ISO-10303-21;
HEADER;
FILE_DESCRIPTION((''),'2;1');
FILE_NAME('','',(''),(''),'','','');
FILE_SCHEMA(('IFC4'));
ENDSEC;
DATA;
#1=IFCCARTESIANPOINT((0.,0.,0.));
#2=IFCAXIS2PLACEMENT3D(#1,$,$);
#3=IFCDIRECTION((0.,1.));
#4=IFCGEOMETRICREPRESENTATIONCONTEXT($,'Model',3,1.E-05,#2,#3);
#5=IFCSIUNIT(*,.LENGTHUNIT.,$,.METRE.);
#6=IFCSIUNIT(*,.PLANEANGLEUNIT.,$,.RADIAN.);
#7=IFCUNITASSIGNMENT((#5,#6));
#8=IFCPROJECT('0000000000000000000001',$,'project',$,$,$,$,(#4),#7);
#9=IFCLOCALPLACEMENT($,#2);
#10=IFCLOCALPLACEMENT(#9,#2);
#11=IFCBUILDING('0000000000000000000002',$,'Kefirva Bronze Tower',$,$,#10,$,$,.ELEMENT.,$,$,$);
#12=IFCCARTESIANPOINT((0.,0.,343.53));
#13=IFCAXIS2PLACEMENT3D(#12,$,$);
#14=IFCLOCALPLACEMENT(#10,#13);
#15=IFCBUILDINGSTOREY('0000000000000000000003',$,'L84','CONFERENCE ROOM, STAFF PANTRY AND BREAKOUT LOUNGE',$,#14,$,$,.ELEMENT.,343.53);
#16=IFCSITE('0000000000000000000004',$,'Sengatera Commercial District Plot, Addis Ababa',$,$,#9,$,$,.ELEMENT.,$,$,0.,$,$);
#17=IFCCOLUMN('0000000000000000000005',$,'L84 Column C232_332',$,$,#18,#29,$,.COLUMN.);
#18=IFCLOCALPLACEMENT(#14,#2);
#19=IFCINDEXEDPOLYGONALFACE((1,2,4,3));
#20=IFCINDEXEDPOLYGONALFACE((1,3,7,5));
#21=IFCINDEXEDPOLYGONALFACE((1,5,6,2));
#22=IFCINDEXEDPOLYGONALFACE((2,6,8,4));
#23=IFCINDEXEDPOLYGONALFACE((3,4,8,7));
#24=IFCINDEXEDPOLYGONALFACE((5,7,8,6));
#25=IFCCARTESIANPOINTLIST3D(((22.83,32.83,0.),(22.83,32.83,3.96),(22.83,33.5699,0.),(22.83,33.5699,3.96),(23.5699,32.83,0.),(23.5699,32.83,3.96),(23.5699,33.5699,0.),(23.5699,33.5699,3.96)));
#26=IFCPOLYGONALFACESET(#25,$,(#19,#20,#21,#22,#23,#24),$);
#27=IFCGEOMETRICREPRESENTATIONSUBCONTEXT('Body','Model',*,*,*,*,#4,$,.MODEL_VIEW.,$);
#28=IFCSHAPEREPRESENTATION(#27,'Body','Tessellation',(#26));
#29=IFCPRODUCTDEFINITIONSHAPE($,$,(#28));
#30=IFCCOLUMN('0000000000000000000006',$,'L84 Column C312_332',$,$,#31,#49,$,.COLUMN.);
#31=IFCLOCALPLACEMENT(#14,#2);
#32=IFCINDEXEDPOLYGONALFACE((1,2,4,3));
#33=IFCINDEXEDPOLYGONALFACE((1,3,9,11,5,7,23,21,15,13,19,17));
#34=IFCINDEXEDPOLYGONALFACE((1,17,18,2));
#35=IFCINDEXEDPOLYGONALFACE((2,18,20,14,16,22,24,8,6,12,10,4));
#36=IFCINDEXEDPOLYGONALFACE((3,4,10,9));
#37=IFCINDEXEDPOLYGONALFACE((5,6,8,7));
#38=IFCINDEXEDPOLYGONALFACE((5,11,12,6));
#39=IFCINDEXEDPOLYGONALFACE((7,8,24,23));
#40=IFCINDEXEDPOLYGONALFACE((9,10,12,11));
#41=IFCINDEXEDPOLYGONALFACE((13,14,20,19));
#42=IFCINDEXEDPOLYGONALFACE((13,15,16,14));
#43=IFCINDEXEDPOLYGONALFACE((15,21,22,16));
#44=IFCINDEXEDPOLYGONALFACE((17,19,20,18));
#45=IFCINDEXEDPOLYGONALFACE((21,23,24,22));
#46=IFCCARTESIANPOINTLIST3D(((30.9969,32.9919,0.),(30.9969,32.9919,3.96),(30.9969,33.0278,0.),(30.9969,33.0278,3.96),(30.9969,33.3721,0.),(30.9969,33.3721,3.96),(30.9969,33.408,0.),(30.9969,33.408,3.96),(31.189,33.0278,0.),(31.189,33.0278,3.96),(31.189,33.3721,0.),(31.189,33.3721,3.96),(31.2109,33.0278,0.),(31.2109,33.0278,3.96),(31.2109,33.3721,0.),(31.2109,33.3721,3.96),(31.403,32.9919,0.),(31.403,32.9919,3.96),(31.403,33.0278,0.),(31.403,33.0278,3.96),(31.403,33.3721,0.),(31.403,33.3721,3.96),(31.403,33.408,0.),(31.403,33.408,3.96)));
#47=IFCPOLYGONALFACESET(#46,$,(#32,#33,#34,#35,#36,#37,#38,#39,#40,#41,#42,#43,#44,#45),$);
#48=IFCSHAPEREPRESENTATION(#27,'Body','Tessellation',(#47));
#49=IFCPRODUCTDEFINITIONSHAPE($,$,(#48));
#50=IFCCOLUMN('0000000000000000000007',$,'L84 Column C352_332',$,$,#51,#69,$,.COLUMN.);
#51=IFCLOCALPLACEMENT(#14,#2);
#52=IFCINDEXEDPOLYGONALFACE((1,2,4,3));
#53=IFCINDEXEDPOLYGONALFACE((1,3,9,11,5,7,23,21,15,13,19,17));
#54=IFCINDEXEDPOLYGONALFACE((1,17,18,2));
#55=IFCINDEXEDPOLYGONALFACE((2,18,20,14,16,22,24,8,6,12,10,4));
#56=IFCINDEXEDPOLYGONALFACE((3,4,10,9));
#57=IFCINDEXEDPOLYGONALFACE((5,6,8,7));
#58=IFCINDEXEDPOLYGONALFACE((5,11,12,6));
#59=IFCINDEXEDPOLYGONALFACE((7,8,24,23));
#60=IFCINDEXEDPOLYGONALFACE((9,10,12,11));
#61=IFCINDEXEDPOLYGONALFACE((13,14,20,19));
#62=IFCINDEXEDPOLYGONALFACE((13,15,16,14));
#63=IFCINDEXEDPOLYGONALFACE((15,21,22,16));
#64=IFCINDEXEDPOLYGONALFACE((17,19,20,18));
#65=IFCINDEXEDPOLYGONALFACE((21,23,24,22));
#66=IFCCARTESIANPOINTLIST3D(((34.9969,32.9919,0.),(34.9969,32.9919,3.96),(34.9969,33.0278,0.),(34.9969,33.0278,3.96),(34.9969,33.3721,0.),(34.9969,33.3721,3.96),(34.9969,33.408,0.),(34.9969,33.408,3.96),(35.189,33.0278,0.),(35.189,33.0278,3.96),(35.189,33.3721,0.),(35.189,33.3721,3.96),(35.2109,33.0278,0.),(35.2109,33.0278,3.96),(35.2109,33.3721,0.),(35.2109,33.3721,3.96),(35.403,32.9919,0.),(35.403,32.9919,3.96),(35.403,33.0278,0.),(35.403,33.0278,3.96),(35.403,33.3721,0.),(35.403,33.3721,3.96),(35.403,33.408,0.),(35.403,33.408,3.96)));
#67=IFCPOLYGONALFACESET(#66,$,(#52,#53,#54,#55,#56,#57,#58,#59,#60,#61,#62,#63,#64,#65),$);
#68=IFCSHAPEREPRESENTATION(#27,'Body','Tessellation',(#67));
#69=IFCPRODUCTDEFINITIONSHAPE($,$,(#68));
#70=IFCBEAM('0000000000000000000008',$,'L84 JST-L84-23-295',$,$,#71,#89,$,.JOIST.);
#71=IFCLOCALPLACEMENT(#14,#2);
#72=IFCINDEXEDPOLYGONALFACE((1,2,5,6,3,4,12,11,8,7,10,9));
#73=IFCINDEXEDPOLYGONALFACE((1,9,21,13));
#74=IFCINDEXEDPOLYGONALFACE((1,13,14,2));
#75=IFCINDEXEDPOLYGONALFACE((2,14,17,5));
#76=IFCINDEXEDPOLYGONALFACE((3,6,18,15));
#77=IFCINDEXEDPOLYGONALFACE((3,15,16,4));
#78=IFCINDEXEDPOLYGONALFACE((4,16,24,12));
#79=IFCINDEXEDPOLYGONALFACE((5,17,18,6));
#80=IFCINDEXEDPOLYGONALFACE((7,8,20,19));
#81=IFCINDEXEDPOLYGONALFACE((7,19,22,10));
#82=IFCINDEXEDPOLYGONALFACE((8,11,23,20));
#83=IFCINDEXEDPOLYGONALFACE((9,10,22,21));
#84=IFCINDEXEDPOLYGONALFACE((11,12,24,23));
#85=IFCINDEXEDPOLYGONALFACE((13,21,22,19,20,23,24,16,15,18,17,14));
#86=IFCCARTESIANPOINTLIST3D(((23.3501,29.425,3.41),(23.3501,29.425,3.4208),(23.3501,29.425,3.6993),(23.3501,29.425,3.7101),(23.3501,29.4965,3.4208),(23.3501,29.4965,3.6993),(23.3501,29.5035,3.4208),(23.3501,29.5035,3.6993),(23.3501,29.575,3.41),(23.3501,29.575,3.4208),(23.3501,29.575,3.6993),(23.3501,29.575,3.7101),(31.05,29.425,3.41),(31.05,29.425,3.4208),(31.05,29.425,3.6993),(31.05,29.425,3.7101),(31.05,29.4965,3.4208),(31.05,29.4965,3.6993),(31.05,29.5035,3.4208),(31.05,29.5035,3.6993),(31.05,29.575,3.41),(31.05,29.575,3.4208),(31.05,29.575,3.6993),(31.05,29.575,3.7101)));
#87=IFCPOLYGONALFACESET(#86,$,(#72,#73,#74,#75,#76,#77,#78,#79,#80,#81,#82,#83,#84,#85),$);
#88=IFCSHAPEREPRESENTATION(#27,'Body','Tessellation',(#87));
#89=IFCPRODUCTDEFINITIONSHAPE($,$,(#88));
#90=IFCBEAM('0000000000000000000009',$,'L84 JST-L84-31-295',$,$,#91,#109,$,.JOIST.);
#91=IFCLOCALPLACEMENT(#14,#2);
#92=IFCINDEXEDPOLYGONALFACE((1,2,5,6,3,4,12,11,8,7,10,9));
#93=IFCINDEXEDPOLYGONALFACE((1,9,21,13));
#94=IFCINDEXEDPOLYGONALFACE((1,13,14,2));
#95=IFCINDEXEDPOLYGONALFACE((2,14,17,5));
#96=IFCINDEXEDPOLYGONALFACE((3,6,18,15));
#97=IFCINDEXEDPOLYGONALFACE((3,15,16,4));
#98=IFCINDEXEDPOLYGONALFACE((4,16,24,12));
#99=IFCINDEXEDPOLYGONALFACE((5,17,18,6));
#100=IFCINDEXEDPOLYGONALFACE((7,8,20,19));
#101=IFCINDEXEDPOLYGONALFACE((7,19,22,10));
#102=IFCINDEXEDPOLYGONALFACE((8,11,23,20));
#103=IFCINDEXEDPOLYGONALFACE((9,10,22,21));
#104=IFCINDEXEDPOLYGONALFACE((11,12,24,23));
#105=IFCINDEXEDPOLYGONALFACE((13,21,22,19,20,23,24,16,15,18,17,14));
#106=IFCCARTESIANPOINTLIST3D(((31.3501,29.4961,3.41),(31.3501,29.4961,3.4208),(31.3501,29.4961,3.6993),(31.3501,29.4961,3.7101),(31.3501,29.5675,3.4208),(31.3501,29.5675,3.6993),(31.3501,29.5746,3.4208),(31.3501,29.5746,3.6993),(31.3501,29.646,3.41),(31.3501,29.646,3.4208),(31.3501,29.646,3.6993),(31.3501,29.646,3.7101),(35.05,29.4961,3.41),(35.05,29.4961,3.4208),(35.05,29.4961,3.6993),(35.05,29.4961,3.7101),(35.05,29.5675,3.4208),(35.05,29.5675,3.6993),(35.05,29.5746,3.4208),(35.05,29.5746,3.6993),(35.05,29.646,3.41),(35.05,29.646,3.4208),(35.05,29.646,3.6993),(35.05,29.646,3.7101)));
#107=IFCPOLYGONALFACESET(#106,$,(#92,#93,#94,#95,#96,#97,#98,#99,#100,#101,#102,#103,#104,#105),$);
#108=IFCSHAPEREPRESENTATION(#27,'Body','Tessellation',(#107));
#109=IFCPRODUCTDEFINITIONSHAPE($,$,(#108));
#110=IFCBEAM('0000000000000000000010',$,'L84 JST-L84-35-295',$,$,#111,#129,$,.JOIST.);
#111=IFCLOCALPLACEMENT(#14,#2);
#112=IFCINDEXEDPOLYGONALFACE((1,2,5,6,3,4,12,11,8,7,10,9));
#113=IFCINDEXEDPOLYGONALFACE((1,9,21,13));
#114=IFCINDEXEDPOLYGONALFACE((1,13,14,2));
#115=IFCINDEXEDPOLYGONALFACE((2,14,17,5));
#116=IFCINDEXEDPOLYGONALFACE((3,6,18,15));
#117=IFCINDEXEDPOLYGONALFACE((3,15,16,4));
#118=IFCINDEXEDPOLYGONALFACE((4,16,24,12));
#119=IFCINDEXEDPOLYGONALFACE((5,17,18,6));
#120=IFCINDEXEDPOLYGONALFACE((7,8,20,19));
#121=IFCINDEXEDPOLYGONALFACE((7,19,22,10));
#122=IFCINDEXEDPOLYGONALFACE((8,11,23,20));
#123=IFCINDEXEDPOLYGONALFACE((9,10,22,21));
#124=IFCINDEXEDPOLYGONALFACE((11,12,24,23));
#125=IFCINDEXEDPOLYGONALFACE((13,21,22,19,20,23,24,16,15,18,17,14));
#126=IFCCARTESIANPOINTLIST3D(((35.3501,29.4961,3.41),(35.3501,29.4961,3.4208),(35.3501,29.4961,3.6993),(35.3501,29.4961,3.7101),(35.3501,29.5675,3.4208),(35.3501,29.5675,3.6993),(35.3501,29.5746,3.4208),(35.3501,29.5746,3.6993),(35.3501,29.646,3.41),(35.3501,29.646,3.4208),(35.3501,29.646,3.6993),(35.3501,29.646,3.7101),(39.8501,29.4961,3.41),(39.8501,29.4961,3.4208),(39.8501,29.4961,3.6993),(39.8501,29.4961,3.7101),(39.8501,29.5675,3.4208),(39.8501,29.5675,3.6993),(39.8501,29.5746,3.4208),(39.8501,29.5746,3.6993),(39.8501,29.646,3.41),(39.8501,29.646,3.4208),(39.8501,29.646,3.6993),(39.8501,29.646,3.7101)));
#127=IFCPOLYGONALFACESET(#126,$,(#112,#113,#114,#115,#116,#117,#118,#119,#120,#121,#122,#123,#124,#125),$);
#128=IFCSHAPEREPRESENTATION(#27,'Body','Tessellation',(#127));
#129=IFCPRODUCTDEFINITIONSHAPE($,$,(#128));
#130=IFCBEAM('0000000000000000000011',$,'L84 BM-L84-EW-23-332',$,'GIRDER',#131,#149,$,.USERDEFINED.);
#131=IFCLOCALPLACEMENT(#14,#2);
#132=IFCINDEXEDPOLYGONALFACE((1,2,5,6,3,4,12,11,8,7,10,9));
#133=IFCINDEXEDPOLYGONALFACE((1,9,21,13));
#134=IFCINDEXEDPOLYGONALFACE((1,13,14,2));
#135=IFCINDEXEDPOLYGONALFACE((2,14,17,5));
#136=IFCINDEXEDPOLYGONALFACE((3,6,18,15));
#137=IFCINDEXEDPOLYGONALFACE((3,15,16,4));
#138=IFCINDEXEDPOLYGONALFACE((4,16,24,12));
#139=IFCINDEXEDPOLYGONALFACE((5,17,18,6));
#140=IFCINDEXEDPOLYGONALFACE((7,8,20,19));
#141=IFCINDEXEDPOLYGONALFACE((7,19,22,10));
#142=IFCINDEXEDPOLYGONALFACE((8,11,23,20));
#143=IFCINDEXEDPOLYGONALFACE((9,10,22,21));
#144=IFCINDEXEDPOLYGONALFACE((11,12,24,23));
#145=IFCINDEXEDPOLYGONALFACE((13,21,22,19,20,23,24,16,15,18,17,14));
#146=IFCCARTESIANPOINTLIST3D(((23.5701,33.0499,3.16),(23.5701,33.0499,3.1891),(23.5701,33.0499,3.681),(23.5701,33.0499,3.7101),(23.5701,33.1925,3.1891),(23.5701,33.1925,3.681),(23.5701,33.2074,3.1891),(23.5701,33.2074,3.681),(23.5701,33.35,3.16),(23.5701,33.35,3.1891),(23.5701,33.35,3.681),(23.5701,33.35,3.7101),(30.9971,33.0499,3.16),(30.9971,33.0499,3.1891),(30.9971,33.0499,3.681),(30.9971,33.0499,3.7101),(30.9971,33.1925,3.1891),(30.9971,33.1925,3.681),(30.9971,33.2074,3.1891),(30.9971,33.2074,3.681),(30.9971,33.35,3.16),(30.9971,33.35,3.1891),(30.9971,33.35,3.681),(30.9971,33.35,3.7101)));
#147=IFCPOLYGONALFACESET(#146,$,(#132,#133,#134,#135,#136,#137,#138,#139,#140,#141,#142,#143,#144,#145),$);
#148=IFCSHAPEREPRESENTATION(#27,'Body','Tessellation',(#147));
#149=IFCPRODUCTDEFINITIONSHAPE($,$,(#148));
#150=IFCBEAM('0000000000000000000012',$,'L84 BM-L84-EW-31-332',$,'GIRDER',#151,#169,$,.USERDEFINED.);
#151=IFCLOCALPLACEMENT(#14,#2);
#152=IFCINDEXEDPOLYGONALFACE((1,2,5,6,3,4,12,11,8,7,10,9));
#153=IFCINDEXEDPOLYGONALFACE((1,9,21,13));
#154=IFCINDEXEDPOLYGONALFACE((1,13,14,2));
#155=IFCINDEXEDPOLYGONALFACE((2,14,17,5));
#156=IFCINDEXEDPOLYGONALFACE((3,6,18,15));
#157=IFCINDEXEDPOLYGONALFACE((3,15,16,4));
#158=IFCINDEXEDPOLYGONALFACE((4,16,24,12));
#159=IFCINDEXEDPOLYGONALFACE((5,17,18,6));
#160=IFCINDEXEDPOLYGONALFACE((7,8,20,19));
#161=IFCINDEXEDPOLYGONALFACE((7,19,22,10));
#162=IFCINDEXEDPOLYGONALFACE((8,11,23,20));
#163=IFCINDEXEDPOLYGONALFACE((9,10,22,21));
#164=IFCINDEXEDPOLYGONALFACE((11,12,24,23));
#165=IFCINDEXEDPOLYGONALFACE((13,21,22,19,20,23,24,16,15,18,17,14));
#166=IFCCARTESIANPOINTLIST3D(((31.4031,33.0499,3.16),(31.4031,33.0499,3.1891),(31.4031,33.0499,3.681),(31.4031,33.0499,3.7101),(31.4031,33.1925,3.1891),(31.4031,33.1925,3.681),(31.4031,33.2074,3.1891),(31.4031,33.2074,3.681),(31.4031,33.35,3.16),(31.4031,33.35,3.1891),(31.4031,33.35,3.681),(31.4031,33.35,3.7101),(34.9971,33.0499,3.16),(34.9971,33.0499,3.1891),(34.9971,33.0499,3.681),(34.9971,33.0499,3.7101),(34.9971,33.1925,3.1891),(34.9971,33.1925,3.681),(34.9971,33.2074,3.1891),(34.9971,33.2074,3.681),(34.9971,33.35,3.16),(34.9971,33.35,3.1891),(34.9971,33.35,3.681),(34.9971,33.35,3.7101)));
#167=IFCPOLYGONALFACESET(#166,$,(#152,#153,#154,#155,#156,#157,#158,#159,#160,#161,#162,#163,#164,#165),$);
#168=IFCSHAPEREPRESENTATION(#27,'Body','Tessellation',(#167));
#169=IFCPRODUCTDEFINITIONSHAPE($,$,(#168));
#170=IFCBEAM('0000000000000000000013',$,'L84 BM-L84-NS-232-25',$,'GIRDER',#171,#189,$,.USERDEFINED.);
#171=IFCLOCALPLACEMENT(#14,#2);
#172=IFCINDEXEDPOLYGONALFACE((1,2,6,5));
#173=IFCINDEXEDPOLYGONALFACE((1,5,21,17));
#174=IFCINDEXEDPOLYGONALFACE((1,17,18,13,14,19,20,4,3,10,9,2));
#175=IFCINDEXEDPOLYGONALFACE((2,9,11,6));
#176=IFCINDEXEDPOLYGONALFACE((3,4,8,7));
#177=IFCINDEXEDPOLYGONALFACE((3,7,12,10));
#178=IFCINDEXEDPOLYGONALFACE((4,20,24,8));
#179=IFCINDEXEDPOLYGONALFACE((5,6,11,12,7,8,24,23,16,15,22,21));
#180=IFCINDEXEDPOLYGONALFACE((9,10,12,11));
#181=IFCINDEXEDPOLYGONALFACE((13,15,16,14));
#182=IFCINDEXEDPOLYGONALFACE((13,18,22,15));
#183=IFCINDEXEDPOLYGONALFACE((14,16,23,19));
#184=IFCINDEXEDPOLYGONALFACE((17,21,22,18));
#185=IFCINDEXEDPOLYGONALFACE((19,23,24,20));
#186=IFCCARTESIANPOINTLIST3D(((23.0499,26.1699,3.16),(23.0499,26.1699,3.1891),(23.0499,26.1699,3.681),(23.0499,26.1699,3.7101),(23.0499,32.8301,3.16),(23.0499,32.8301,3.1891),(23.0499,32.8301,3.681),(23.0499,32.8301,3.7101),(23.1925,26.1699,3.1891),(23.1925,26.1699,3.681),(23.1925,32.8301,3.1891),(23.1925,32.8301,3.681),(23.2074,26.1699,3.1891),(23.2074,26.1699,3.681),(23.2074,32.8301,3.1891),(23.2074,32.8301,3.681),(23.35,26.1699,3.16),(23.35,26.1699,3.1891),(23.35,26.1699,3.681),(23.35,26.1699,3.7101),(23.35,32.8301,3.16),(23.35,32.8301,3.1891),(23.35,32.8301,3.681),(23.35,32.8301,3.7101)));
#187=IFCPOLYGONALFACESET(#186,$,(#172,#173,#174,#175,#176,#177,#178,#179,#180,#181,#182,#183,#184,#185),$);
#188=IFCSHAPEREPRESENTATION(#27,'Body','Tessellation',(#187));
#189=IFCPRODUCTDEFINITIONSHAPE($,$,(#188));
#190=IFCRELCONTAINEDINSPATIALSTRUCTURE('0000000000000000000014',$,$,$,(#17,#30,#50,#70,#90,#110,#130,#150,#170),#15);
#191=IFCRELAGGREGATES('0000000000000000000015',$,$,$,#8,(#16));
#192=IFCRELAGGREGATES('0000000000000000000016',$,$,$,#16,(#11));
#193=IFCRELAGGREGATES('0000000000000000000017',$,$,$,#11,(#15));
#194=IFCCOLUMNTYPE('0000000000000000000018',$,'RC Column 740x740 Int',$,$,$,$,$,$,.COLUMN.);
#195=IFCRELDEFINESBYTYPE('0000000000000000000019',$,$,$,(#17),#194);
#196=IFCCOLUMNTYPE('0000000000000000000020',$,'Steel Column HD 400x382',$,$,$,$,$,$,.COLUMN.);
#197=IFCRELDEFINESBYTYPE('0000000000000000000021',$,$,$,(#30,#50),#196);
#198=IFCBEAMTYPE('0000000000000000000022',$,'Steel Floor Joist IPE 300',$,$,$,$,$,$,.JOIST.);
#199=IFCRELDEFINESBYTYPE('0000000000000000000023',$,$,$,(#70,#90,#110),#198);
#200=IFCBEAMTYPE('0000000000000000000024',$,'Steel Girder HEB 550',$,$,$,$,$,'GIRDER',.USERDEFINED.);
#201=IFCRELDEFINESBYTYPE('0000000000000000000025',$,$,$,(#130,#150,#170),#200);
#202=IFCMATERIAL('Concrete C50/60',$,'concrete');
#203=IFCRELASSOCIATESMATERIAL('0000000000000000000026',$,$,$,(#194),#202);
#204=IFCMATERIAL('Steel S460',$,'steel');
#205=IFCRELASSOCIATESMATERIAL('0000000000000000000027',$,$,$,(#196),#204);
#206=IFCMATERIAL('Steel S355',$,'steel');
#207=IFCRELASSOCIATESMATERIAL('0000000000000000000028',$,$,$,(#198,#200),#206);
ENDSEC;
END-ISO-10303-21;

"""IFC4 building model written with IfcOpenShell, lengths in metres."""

from ifc_helpers import new_model, si_unit, direction, frame, origin, origin_2d, place, context, subcontext, project, spatial, rectangle, i_section, extrude, material, material_profile, profile_set, type_object, element, save


model = new_model("IFC4")

# Units and contexts
model_context = context("Model", 3, precision=1e-05, world=origin(), true_north=direction((0.0, 1.0)))
body_context = subcontext(model_context, "Body", "Model", "MODEL_VIEW")
ifc_project = project(units=[si_unit("LENGTHUNIT", "METRE"), si_unit("PLANEANGLEUNIT", "RADIAN")], contexts=[model_context])

# Site, building, storey
site_placement = place(None, origin())
site = spatial("IfcSite", under=ifc_project, at=site_placement, Name="Sengatera Commercial District Plot, Addis Ababa", CompositionType="ELEMENT", RefElevation=0.0)
building_placement = place(site_placement, origin())
building = spatial("IfcBuilding", under=site, at=building_placement, Name="Kefirva Bronze Tower", CompositionType="ELEMENT")
storey_placement = place(building_placement, frame((0.0, 0.0, 343.53)))
storey = spatial("IfcBuildingStorey", under=building, at=storey_placement, Name="L84", Description="CONFERENCE ROOM, STAFF PANTRY AND BREAKOUT LOUNGE", CompositionType="ELEMENT", Elevation=343.53)

# Columns
ifc_material_1 = material(Name="Concrete C50/60", Category="concrete")
ifc_material_profile_1 = material_profile(ifc_material_1, rectangle(XDim=0.74, YDim=0.74, at=origin_2d()), Name="RC 740x740")
ifc_profile_set_1 = profile_set([ifc_material_profile_1], Name="Concrete C50/60")
column_type_1 = type_object("IfcColumnType", Name="RC Column 740x740 Int", PredefinedType="COLUMN", material=ifc_profile_set_1)
column_placement = place(storey_placement, frame((23.2, 33.2, 0.0), z_axis=(0.0, 0.0, 1.0), x_axis=(1.0, 0.0, 0.0)))
element("IfcColumn", 1, at=column_placement, inside=storey, type_object=column_type_1, Name="L84 Column C232_332", PredefinedType="COLUMN", context=body_context, shape_type="SweptSolid", body=[
    extrude(rectangle(XDim=0.74, YDim=0.74, at=origin_2d()), origin(), (0.0, 0.0, 1.0), 3.96),
])
ifc_material_2 = material(Name="Steel S460", Category="steel")
ifc_material_profile_2 = material_profile(ifc_material_2, i_section(OverallWidth=0.406, OverallDepth=0.416, WebThickness=0.022, FlangeThickness=0.0359, at=origin_2d()), Name="HD 400x382")
ifc_profile_set_2 = profile_set([ifc_material_profile_2], Name="Steel S460")
column_type_2 = type_object("IfcColumnType", Name="Steel Column HD 400x382", PredefinedType="COLUMN", material=ifc_profile_set_2)
for number, where, z_axis, x_axis, name in (
    (2, (31.2, 33.2, 0.0), (0.0, 0.0, 1.0), (1.0, 0.0, 0.0), "L84 Column C312_332"),
    (3, (35.2, 33.2, 0.0), (0.0, 0.0, 1.0), (1.0, 0.0, 0.0), "L84 Column C352_332"),
):
    element("IfcColumn", number, at=place(storey_placement, frame(where, z_axis=z_axis, x_axis=x_axis)), inside=storey, type_object=column_type_2, Name=name, PredefinedType="COLUMN", context=body_context, shape_type="SweptSolid", body=[
        extrude(i_section(OverallWidth=0.406, OverallDepth=0.416, WebThickness=0.022, FlangeThickness=0.0359, at=origin_2d()), origin(), (0.0, 0.0, 1.0), 3.96),
    ])

# Beams
ifc_material_3 = material(Name="Steel S355", Category="steel")
ifc_material_profile_3 = material_profile(ifc_material_3, i_section(OverallWidth=0.1499, OverallDepth=0.3, WebThickness=0.0071, FlangeThickness=0.0107, at=origin_2d()), Name="IPE 300")
ifc_profile_set_3 = profile_set([ifc_material_profile_3], Name="Steel S355")
beam_type_1 = type_object("IfcBeamType", Name="Steel Floor Joist IPE 300", PredefinedType="JOIST", material=ifc_profile_set_3)
beam_1_placement = place(storey_placement, frame((23.3501, 29.5, 3.5601), z_axis=(1.0, 0.0, 0.0), x_axis=(0.0, 1.0, 0.0)))
element("IfcBeam", 4, at=beam_1_placement, inside=storey, type_object=beam_type_1, Name="L84 JST-L84-23-295", PredefinedType="JOIST", context=body_context, shape_type="SweptSolid", body=[
    extrude(i_section(OverallWidth=0.1499, OverallDepth=0.3, WebThickness=0.0071, FlangeThickness=0.0107, at=origin_2d()), origin(), (0.0, 0.0, 1.0), 7.7),
])
beam_2_placement = place(storey_placement, frame((31.3501, 29.571, 3.5601), z_axis=(1.0, 0.0, 0.0), x_axis=(0.0, 1.0, 0.0)))
element("IfcBeam", 5, at=beam_2_placement, inside=storey, type_object=beam_type_1, Name="L84 JST-L84-31-295", PredefinedType="JOIST", context=body_context, shape_type="SweptSolid", body=[
    extrude(i_section(OverallWidth=0.1499, OverallDepth=0.3, WebThickness=0.0071, FlangeThickness=0.0107, at=origin_2d()), origin(), (0.0, 0.0, 1.0), 3.7),
])
beam_3_placement = place(storey_placement, frame((35.3501, 29.571, 3.5601), z_axis=(1.0, 0.0, 0.0), x_axis=(0.0, 1.0, 0.0)))
element("IfcBeam", 6, at=beam_3_placement, inside=storey, type_object=beam_type_1, Name="L84 JST-L84-35-295", PredefinedType="JOIST", context=body_context, shape_type="SweptSolid", body=[
    extrude(i_section(OverallWidth=0.1499, OverallDepth=0.3, WebThickness=0.0071, FlangeThickness=0.0107, at=origin_2d()), origin(), (0.0, 0.0, 1.0), 4.5),
])
ifc_material_profile_4 = material_profile(ifc_material_3, i_section(OverallWidth=0.3, OverallDepth=0.55, WebThickness=0.0149, FlangeThickness=0.0291, at=origin_2d()), Name="HEB 550")
ifc_profile_set_4 = profile_set([ifc_material_profile_4], Name="Steel S355")
beam_type_2 = type_object("IfcBeamType", Name="Steel Girder HEB 550", ElementType="GIRDER", PredefinedType="USERDEFINED", material=ifc_profile_set_4)
beam_4_placement = place(storey_placement, frame((23.5701, 33.2, 3.4351), z_axis=(1.0, 0.0, 0.0), x_axis=(0.0, 1.0, 0.0)))
element("IfcBeam", 7, at=beam_4_placement, inside=storey, type_object=beam_type_2, Name="L84 BM-L84-EW-23-332", ObjectType="GIRDER", PredefinedType="USERDEFINED", context=body_context, shape_type="SweptSolid", body=[
    extrude(i_section(OverallWidth=0.3, OverallDepth=0.55, WebThickness=0.0149, FlangeThickness=0.0291, at=origin_2d()), origin(), (0.0, 0.0, 1.0), 7.427),
])
beam_5_placement = place(storey_placement, frame((31.4031, 33.2, 3.4351), z_axis=(1.0, 0.0, 0.0), x_axis=(0.0, 1.0, 0.0)))
element("IfcBeam", 8, at=beam_5_placement, inside=storey, type_object=beam_type_2, Name="L84 BM-L84-EW-31-332", ObjectType="GIRDER", PredefinedType="USERDEFINED", context=body_context, shape_type="SweptSolid", body=[
    extrude(i_section(OverallWidth=0.3, OverallDepth=0.55, WebThickness=0.0149, FlangeThickness=0.0291, at=origin_2d()), origin(), (0.0, 0.0, 1.0), 3.594),
])
beam_6_placement = place(storey_placement, frame((23.2, 26.1699, 3.4351), z_axis=(0.0, 1.0, 0.0), x_axis=(-1.0, 0.0, 0.0)))
element("IfcBeam", 9, at=beam_6_placement, inside=storey, type_object=beam_type_2, Name="L84 BM-L84-NS-232-25", ObjectType="GIRDER", PredefinedType="USERDEFINED", context=body_context, shape_type="SweptSolid", body=[
    extrude(i_section(OverallWidth=0.3, OverallDepth=0.55, WebThickness=0.0149, FlangeThickness=0.0291, at=origin_2d()), origin(), (0.0, 0.0, 1.0), 6.6602),
])

save(model, "model.ifc")
